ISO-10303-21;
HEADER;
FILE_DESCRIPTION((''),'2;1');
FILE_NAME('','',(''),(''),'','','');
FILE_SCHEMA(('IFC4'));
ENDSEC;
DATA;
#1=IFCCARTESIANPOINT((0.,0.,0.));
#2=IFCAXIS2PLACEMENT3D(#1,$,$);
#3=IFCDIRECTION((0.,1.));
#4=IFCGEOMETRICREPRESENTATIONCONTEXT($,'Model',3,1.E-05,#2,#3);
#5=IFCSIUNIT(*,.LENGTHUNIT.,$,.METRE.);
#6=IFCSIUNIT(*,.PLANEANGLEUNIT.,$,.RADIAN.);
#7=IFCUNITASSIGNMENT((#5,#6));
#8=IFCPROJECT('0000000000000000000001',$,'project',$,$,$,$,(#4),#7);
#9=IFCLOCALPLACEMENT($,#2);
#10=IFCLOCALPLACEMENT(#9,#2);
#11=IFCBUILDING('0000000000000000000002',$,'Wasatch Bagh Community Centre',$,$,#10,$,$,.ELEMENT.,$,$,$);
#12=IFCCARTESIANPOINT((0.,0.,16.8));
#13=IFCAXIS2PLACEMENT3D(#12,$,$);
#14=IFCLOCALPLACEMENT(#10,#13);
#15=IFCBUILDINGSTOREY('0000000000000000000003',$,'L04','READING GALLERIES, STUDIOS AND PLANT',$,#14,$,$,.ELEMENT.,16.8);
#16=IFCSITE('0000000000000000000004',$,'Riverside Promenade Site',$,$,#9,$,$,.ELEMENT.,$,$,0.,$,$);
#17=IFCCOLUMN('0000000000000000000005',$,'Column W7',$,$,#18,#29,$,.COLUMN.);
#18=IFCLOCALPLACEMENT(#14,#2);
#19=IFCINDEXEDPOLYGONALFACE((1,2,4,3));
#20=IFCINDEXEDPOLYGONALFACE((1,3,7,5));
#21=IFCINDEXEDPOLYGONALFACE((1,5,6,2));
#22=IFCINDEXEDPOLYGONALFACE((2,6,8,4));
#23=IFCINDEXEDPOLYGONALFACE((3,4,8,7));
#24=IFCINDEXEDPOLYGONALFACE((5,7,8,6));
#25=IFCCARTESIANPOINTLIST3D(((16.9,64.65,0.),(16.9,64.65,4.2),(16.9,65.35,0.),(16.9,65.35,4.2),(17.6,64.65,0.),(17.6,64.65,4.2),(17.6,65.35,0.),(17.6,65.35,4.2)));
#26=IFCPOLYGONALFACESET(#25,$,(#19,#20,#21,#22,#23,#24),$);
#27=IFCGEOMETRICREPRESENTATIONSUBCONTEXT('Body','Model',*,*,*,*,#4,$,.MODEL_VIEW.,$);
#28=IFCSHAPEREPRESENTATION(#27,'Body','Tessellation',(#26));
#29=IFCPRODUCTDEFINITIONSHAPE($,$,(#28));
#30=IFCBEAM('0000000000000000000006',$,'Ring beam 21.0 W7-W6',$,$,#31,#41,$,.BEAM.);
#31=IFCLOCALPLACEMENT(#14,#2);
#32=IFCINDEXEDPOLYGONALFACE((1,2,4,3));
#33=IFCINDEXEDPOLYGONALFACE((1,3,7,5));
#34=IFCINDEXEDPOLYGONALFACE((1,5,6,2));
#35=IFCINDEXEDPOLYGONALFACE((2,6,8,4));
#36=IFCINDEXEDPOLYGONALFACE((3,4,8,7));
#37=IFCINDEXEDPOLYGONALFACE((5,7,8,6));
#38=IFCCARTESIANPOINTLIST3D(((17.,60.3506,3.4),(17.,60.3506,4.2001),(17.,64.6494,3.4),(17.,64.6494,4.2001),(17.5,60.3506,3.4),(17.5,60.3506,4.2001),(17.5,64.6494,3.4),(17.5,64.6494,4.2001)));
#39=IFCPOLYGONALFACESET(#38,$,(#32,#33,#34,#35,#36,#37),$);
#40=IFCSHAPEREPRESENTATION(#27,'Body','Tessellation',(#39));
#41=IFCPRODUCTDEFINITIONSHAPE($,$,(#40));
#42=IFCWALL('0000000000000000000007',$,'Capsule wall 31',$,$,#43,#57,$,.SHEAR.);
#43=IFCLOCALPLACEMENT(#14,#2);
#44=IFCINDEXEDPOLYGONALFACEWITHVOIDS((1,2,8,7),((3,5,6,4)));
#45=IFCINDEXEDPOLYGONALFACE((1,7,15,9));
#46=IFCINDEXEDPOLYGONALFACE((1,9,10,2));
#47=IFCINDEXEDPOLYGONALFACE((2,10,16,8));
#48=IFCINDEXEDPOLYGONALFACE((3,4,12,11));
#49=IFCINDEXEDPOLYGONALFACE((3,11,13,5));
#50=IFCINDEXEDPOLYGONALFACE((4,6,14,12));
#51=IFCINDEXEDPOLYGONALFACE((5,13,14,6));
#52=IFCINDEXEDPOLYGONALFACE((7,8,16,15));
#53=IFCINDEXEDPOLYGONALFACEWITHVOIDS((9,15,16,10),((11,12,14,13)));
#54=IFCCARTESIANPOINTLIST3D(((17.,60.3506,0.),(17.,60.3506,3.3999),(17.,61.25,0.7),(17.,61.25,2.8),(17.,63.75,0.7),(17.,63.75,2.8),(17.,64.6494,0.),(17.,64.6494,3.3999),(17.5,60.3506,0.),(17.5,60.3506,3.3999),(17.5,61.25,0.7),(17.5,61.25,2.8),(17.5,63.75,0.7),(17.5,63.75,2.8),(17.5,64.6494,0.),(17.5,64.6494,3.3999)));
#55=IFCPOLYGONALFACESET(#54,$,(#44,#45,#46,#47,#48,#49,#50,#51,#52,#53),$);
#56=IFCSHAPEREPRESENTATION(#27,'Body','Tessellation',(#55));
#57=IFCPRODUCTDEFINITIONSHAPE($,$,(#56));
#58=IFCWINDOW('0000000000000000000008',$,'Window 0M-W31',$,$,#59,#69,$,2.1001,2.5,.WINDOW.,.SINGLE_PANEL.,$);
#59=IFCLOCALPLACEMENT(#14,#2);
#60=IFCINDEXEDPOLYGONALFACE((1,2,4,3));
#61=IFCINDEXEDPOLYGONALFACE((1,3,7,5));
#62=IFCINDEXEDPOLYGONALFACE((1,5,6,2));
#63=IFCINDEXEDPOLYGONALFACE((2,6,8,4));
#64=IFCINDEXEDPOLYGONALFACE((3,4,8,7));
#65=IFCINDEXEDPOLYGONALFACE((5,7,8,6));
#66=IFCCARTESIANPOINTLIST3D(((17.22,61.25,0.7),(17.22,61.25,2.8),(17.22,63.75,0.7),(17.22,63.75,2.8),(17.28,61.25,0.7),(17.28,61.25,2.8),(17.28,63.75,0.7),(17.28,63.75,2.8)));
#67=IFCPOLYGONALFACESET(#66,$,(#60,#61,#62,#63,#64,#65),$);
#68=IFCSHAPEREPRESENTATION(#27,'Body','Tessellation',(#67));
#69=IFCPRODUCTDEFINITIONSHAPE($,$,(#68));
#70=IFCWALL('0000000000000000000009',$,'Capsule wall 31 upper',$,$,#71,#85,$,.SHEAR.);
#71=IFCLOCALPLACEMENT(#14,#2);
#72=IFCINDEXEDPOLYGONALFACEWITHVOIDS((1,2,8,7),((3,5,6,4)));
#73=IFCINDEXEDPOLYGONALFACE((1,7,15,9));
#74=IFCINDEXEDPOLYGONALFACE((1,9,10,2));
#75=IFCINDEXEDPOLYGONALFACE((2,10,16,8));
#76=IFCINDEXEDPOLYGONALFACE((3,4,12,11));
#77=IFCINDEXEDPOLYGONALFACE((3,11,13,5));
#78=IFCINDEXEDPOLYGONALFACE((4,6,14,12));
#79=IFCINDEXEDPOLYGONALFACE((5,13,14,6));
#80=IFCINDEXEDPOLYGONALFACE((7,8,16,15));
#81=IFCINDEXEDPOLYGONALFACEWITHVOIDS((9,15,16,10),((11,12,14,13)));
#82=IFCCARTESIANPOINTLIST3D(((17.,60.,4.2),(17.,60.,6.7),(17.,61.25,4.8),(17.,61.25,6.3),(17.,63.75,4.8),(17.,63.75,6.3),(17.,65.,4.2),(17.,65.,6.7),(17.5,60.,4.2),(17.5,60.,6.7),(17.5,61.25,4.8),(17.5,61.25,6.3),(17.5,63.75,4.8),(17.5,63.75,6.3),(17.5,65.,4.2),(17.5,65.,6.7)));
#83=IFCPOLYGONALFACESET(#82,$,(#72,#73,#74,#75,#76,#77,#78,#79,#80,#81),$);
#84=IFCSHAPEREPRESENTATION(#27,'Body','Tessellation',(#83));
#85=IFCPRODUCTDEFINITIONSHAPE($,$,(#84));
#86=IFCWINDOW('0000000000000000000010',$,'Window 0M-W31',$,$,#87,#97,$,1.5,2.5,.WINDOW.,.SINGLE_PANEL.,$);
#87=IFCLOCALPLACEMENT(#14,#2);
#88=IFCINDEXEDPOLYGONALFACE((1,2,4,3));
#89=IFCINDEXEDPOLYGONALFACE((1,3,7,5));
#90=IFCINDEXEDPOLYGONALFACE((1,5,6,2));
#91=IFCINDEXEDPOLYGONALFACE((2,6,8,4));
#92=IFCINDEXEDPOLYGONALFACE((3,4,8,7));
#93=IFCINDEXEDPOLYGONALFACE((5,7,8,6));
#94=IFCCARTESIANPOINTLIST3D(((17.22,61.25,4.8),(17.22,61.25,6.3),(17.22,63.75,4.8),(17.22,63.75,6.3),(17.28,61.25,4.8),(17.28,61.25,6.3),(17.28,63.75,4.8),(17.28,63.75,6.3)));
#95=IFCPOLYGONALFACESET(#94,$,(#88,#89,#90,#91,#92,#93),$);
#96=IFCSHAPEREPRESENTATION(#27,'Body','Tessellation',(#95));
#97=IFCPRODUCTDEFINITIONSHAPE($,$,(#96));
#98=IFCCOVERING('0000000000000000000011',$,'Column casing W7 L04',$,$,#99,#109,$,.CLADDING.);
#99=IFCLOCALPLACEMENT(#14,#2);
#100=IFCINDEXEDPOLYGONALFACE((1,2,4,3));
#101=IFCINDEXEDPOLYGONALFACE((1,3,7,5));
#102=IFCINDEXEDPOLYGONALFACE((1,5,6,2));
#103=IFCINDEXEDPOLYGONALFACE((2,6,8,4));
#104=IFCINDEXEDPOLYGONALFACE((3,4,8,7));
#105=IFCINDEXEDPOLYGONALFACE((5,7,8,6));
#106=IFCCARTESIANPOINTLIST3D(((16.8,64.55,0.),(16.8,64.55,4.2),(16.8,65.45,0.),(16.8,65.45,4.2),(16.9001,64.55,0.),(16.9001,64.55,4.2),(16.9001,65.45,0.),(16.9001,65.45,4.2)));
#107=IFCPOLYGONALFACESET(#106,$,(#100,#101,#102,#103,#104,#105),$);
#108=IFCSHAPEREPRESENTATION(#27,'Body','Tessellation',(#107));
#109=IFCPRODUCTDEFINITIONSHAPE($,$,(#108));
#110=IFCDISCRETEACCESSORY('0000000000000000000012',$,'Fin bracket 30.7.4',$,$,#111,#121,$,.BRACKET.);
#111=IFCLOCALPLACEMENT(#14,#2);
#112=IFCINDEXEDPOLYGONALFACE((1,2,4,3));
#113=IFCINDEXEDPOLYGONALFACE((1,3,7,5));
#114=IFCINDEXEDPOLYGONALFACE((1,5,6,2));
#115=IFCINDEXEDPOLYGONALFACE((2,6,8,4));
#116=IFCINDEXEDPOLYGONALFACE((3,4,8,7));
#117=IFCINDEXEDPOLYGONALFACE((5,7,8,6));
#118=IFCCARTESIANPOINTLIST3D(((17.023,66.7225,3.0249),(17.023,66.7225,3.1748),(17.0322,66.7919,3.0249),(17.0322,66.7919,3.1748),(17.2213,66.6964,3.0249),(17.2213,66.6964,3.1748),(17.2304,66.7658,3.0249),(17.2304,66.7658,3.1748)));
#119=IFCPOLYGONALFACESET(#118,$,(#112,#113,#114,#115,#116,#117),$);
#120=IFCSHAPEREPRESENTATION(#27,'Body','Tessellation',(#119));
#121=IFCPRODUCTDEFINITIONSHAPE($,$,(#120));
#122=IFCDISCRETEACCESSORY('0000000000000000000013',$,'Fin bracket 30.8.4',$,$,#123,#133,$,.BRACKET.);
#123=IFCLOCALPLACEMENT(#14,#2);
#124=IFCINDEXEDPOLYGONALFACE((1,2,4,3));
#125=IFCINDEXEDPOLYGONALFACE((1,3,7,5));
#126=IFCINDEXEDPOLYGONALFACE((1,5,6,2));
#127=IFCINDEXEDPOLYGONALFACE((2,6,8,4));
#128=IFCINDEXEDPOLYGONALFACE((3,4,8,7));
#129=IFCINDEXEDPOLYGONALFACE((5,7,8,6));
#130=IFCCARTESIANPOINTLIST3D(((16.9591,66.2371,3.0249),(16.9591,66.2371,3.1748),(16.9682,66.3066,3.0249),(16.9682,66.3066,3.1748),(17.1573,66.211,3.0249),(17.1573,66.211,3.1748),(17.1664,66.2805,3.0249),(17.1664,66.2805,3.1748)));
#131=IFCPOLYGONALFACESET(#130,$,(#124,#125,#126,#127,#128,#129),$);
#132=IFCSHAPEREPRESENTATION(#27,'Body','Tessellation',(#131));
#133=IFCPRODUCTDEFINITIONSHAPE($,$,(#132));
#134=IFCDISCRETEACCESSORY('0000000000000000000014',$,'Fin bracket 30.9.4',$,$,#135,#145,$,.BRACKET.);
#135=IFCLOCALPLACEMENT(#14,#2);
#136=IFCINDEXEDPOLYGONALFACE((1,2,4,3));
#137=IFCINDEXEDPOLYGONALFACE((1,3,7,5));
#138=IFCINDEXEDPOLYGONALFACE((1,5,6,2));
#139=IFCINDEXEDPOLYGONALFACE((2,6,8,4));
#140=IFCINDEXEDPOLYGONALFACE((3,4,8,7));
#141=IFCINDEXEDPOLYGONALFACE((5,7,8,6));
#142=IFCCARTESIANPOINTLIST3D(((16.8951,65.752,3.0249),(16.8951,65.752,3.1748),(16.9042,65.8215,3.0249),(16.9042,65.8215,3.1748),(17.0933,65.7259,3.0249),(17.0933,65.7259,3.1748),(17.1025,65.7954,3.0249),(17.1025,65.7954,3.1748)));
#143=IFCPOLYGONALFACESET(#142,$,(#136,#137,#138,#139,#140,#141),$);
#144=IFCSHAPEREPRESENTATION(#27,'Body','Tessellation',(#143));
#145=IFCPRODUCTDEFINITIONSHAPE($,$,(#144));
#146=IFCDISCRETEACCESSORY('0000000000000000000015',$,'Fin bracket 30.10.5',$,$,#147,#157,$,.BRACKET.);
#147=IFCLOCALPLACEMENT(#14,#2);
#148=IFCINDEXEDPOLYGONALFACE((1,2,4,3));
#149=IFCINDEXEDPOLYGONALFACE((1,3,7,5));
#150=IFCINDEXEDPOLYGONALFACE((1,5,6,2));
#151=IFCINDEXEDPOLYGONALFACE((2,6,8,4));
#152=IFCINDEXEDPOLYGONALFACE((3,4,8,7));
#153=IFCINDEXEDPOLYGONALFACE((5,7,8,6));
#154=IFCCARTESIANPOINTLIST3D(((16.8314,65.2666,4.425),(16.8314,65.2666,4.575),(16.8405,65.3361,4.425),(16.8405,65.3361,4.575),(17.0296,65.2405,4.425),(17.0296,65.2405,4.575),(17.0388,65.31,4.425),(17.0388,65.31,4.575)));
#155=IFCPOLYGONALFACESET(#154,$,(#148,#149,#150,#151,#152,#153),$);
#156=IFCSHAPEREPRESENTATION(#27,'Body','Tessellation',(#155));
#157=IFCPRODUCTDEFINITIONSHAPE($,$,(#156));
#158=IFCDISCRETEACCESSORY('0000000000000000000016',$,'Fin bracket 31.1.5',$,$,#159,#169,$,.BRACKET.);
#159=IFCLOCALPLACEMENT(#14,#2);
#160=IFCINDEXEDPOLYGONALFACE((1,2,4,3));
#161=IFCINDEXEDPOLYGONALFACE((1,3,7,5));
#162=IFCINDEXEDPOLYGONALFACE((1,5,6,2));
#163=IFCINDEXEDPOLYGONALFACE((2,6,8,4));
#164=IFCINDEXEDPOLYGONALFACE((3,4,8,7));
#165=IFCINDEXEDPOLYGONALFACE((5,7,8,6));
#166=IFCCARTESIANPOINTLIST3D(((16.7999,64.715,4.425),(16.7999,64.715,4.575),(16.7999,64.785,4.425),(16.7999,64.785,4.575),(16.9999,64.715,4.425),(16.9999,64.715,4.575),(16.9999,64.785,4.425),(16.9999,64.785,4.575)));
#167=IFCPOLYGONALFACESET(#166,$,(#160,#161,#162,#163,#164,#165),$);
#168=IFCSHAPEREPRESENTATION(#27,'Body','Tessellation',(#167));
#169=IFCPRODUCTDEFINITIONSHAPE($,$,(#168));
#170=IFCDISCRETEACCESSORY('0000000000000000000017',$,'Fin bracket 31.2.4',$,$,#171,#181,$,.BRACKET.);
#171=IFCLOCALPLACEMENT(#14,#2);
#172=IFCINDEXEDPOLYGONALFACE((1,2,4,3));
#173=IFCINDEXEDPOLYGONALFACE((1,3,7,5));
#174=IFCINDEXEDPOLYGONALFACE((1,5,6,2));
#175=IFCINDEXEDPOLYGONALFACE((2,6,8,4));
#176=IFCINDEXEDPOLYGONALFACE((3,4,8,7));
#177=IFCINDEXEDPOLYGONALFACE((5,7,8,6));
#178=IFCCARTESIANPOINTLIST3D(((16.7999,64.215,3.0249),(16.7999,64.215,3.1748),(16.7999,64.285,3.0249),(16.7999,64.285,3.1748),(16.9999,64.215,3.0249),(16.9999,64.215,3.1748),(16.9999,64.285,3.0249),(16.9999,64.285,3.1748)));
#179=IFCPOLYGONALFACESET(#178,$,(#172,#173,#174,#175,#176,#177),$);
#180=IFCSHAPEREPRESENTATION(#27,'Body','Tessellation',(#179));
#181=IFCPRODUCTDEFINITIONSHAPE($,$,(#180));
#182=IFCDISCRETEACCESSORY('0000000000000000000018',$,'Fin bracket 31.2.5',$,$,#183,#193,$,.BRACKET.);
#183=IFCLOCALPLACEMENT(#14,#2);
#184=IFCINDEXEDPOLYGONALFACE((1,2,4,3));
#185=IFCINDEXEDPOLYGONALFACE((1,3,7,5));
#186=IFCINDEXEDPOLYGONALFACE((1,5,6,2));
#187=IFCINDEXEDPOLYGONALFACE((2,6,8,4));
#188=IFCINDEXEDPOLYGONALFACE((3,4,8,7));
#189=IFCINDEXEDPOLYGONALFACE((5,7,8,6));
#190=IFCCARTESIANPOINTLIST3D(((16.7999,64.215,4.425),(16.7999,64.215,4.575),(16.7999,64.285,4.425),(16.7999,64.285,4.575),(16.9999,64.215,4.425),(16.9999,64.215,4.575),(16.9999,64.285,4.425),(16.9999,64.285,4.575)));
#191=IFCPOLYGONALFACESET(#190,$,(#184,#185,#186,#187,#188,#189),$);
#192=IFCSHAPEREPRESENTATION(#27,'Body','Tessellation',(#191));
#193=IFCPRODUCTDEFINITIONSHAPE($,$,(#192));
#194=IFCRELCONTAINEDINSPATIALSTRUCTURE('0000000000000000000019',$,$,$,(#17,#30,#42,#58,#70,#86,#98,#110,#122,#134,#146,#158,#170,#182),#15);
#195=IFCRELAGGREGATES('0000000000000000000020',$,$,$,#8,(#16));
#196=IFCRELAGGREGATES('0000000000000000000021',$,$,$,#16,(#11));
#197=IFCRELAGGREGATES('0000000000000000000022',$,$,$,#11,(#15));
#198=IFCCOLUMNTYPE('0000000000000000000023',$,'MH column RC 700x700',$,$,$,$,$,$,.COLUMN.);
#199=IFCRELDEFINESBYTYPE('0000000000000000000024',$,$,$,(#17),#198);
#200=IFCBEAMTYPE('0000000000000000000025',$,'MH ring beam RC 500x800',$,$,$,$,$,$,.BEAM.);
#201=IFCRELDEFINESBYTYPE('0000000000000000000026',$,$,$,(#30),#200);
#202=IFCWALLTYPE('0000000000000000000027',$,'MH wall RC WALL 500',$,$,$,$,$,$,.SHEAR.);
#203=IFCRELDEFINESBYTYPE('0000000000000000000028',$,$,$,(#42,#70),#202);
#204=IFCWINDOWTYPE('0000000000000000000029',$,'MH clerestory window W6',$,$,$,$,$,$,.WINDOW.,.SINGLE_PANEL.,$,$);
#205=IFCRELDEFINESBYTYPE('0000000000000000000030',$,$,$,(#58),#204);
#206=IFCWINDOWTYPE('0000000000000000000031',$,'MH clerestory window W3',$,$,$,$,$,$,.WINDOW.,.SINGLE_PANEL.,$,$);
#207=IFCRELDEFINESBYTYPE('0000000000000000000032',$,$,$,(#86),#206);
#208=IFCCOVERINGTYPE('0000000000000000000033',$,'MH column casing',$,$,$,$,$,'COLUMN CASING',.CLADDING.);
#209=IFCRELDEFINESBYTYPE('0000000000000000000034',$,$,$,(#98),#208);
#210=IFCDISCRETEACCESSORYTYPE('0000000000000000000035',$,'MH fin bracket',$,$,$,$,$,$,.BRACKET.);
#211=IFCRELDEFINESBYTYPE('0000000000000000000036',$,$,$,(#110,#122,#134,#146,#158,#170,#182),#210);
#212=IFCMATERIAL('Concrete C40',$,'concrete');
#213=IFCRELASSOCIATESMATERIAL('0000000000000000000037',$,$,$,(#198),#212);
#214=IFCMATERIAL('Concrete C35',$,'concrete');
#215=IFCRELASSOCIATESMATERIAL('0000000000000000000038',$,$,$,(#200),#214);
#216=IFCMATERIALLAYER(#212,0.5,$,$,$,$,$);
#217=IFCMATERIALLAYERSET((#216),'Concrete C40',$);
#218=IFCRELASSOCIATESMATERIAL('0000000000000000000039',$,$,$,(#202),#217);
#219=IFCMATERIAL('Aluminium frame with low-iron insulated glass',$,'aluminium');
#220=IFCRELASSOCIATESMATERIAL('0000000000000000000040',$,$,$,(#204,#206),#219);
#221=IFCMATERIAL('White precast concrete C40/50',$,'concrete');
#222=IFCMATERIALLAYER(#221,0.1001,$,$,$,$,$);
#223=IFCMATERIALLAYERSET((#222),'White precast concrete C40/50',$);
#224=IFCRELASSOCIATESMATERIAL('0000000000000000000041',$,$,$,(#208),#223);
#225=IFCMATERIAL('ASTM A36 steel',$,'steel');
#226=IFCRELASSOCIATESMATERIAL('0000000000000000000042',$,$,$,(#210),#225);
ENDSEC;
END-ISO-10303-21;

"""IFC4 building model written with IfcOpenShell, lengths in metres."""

from ifc_helpers import new_model, si_unit, direction, frame, frame_2d, origin, origin_2d, place, context, subcontext, project, spatial, rectangle, extrude, material, layer, layer_set, material_profile, profile_set, type_object, element, fill, save


model = new_model("IFC4")

# Units and contexts
model_context = context("Model", 3, precision=1e-05, world=origin(), true_north=direction((0.0, 1.0)))
body_context = subcontext(model_context, "Body", "Model", "MODEL_VIEW")
ifc_project = project(units=[si_unit("LENGTHUNIT", "METRE"), si_unit("PLANEANGLEUNIT", "RADIAN")], contexts=[model_context])

# Site, building, storey
site_placement = place(None, origin())
site = spatial("IfcSite", under=ifc_project, at=site_placement, Name="Riverside Promenade Site", CompositionType="ELEMENT", RefElevation=0.0)
building_placement = place(site_placement, origin())
building = spatial("IfcBuilding", under=site, at=building_placement, Name="Wasatch Bagh Community Centre", CompositionType="ELEMENT")
storey_placement = place(building_placement, frame((0.0, 0.0, 16.8)))
storey = spatial("IfcBuildingStorey", under=building, at=storey_placement, Name="L04", Description="READING GALLERIES, STUDIOS AND PLANT", CompositionType="ELEMENT", Elevation=16.8)

# Column
ifc_material_1 = material(Name="Concrete C40", Category="concrete")
ifc_material_profile_1 = material_profile(ifc_material_1, rectangle(XDim=0.7, YDim=0.7, at=origin_2d()), Name="RC 700x700")
ifc_profile_set_1 = profile_set([ifc_material_profile_1], Name="Concrete C40")
column_type = type_object("IfcColumnType", Name="MH column RC 700x700", PredefinedType="COLUMN", material=ifc_profile_set_1)
column_placement = place(storey_placement, frame((17.25, 65.0, 0.0), z_axis=(0.0, 0.0, 1.0), x_axis=(1.0, 0.0, 0.0)))
element("IfcColumn", 1, at=column_placement, inside=storey, type_object=column_type, Name="Column W7", PredefinedType="COLUMN", context=body_context, shape_type="SweptSolid", body=[
    extrude(rectangle(XDim=0.7, YDim=0.7, at=origin_2d()), origin(), (0.0, 0.0, 1.0), 4.2),
])

# Beam
ifc_material_2 = material(Name="Concrete C35", Category="concrete")
ifc_material_profile_2 = material_profile(ifc_material_2, rectangle(XDim=0.5, YDim=0.8, at=origin_2d()), Name="RC 500x800")
ifc_profile_set_2 = profile_set([ifc_material_profile_2], Name="Concrete C35")
beam_type = type_object("IfcBeamType", Name="MH ring beam RC 500x800", PredefinedType="BEAM", material=ifc_profile_set_2)
beam_placement = place(storey_placement, frame((17.25, 64.6494, 3.8), z_axis=(0.0, -1.0, 0.0), x_axis=(1.0, 0.0, 0.0)))
element("IfcBeam", 2, at=beam_placement, inside=storey, type_object=beam_type, Name="Ring beam 21.0 W7-W6", PredefinedType="BEAM", context=body_context, shape_type="SweptSolid", body=[
    extrude(rectangle(XDim=0.5, YDim=0.8, at=origin_2d()), origin(), (0.0, 0.0, 1.0), 4.2988),
])

# Walls, openings, windows
ifc_layer_1 = layer(ifc_material_1, 0.5)
ifc_layer_set_1 = layer_set([ifc_layer_1], Name="Concrete C40")
wall_type = type_object("IfcWallType", Name="MH wall RC WALL 500", PredefinedType="SHEAR", material=ifc_layer_set_1)
wall_1_placement = place(storey_placement, frame((17.25, 64.6494, 0.0), z_axis=(0.0, 0.0, 1.0), x_axis=(0.0, -1.0, 0.0)))
wall_1 = element("IfcWall", 3, at=wall_1_placement, inside=storey, type_object=wall_type, Name="Capsule wall 31", PredefinedType="SHEAR", context=body_context, shape_type="SweptSolid", body=[
    extrude(rectangle(XDim=4.2988, YDim=0.5, at=frame_2d((2.1494, 0.0))), origin(), (0.0, 0.0, 1.0), 3.3999),
])
opening_1_placement = place(wall_1_placement, frame((0.8994, 0.0, 0.7)))
opening_1 = element("IfcOpeningElement", 4, at=opening_1_placement, cuts=wall_1, PredefinedType="OPENING", context=body_context, shape_type="SweptSolid", body=[
    extrude(rectangle(XDim=2.5, YDim=2.1001, at=frame_2d((1.25, 1.05))), frame((0.0, 0.26, 0.0), z_axis=(0.0, -1.0, 0.0), x_axis=(1.0, 0.0, 0.0)), (0.0, 0.0, 1.0), 0.52),
])
ifc_material_3 = material(Name="Aluminium frame with low-iron insulated glass", Category="aluminium")
window_type_1 = type_object("IfcWindowType", Name="MH clerestory window W6", PartitioningType="SINGLE_PANEL", PredefinedType="WINDOW", material=ifc_material_3)
window_1_placement = place(opening_1_placement, origin())
window_1 = element("IfcWindow", 5, at=window_1_placement, inside=storey, type_object=window_type_1, Name="Window 0M-W31", OverallHeight=2.1001, OverallWidth=2.5, PartitioningType="SINGLE_PANEL", PredefinedType="WINDOW", context=body_context, shape_type="SweptSolid", body=[
    extrude(rectangle(XDim=2.5, YDim=2.1001, at=frame_2d((1.25, 1.05))), frame((0.0, 0.03, 0.0), z_axis=(0.0, -1.0, 0.0), x_axis=(1.0, 0.0, 0.0)), (0.0, 0.0, 1.0), 0.0601),
])
fill(opening_1, window_1)
wall_2_placement = place(storey_placement, frame((17.25, 65.0, 4.2), z_axis=(0.0, 0.0, 1.0), x_axis=(0.0, -1.0, 0.0)))
wall_2 = element("IfcWall", 6, at=wall_2_placement, inside=storey, type_object=wall_type, Name="Capsule wall 31 upper", PredefinedType="SHEAR", context=body_context, shape_type="SweptSolid", body=[
    extrude(rectangle(XDim=5.0, YDim=0.5, at=frame_2d((2.5, 0.0))), origin(), (0.0, 0.0, 1.0), 2.5),
])
opening_2_placement = place(wall_2_placement, frame((1.25, 0.0, 0.6001)))
opening_2 = element("IfcOpeningElement", 7, at=opening_2_placement, cuts=wall_2, PredefinedType="OPENING", context=body_context, shape_type="SweptSolid", body=[
    extrude(rectangle(XDim=2.5, YDim=1.5, at=frame_2d((1.25, 0.75))), frame((0.0, 0.26, 0.0), z_axis=(0.0, -1.0, 0.0), x_axis=(1.0, 0.0, 0.0)), (0.0, 0.0, 1.0), 0.52),
])
window_type_2 = type_object("IfcWindowType", Name="MH clerestory window W3", PartitioningType="SINGLE_PANEL", PredefinedType="WINDOW", material=ifc_material_3)
window_2_placement = place(opening_2_placement, origin())
window_2 = element("IfcWindow", 8, at=window_2_placement, inside=storey, type_object=window_type_2, Name="Window 0M-W31", OverallHeight=1.5, OverallWidth=2.5, PartitioningType="SINGLE_PANEL", PredefinedType="WINDOW", context=body_context, shape_type="SweptSolid", body=[
    extrude(rectangle(XDim=2.5, YDim=1.5, at=frame_2d((1.25, 0.75))), frame((0.0, 0.03, 0.0), z_axis=(0.0, -1.0, 0.0), x_axis=(1.0, 0.0, 0.0)), (0.0, 0.0, 1.0), 0.0601),
])
fill(opening_2, window_2)

# Covering
ifc_material_4 = material(Name="White precast concrete C40/50", Category="concrete")
ifc_layer_2 = layer(ifc_material_4, 0.1001)
ifc_layer_set_2 = layer_set([ifc_layer_2], Name="White precast concrete C40/50")
covering_type = type_object("IfcCoveringType", Name="MH column casing", ElementType="COLUMN CASING", PredefinedType="CLADDING", material=ifc_layer_set_2)
covering_placement = place(storey_placement, frame((16.8501, 65.0, 0.0), z_axis=(0.0, 0.0, 1.0), x_axis=(0.0, -1.0, 0.0)))
element("IfcCovering", 9, at=covering_placement, inside=storey, type_object=covering_type, Name="Column casing W7 L04", PredefinedType="CLADDING", context=body_context, shape_type="SweptSolid", body=[
    extrude(rectangle(XDim=0.8999, YDim=0.1001, at=origin_2d()), origin(), (0.0, 0.0, 1.0), 4.2),
])

# Discrete accessories
ifc_material_5 = material(Name="ASTM A36 steel", Category="steel")
discrete_accessory_type = type_object("IfcDiscreteAccessoryType", Name="MH fin bracket", PredefinedType="BRACKET", material=ifc_material_5)
for number, where, z_axis, x_axis, name in (
    (10, (17.1267, 66.7441, 3.0249), (0.0, 0.0, 1.0), (-0.130526, -0.991445, 0.0), "Fin bracket 30.7.4"),
    (11, (17.0627, 66.2588, 3.0249), (0.0, 0.0, 1.0), (-0.130526, -0.991445, 0.0), "Fin bracket 30.8.4"),
    (12, (16.9988, 65.7737, 3.0249), (0.0, 0.0, 1.0), (-0.130526, -0.991445, 0.0), "Fin bracket 30.9.4"),
    (13, (16.9351, 65.2883, 4.425), (0.0, 0.0, 1.0), (-0.130526, -0.991445, 0.0), "Fin bracket 30.10.5"),
    (14, (16.8999, 64.75, 4.425), (0.0, 0.0, 1.0), (0.0, -1.0, 0.0), "Fin bracket 31.1.5"),
    (15, (16.8999, 64.25, 3.0249), (0.0, 0.0, 1.0), (0.0, -1.0, 0.0), "Fin bracket 31.2.4"),
    (16, (16.8999, 64.25, 4.425), (0.0, 0.0, 1.0), (0.0, -1.0, 0.0), "Fin bracket 31.2.5"),
):
    element("IfcDiscreteAccessory", number, at=place(storey_placement, frame(where, z_axis=z_axis, x_axis=x_axis)), inside=storey, type_object=discrete_accessory_type, Name=name, PredefinedType="BRACKET", context=body_context, shape_type="SweptSolid", body=[
        extrude(rectangle(XDim=0.0701, YDim=0.2, at=origin_2d()), origin(), (0.0, 0.0, 1.0), 0.1499),
    ])

save(model, "model.ifc")
